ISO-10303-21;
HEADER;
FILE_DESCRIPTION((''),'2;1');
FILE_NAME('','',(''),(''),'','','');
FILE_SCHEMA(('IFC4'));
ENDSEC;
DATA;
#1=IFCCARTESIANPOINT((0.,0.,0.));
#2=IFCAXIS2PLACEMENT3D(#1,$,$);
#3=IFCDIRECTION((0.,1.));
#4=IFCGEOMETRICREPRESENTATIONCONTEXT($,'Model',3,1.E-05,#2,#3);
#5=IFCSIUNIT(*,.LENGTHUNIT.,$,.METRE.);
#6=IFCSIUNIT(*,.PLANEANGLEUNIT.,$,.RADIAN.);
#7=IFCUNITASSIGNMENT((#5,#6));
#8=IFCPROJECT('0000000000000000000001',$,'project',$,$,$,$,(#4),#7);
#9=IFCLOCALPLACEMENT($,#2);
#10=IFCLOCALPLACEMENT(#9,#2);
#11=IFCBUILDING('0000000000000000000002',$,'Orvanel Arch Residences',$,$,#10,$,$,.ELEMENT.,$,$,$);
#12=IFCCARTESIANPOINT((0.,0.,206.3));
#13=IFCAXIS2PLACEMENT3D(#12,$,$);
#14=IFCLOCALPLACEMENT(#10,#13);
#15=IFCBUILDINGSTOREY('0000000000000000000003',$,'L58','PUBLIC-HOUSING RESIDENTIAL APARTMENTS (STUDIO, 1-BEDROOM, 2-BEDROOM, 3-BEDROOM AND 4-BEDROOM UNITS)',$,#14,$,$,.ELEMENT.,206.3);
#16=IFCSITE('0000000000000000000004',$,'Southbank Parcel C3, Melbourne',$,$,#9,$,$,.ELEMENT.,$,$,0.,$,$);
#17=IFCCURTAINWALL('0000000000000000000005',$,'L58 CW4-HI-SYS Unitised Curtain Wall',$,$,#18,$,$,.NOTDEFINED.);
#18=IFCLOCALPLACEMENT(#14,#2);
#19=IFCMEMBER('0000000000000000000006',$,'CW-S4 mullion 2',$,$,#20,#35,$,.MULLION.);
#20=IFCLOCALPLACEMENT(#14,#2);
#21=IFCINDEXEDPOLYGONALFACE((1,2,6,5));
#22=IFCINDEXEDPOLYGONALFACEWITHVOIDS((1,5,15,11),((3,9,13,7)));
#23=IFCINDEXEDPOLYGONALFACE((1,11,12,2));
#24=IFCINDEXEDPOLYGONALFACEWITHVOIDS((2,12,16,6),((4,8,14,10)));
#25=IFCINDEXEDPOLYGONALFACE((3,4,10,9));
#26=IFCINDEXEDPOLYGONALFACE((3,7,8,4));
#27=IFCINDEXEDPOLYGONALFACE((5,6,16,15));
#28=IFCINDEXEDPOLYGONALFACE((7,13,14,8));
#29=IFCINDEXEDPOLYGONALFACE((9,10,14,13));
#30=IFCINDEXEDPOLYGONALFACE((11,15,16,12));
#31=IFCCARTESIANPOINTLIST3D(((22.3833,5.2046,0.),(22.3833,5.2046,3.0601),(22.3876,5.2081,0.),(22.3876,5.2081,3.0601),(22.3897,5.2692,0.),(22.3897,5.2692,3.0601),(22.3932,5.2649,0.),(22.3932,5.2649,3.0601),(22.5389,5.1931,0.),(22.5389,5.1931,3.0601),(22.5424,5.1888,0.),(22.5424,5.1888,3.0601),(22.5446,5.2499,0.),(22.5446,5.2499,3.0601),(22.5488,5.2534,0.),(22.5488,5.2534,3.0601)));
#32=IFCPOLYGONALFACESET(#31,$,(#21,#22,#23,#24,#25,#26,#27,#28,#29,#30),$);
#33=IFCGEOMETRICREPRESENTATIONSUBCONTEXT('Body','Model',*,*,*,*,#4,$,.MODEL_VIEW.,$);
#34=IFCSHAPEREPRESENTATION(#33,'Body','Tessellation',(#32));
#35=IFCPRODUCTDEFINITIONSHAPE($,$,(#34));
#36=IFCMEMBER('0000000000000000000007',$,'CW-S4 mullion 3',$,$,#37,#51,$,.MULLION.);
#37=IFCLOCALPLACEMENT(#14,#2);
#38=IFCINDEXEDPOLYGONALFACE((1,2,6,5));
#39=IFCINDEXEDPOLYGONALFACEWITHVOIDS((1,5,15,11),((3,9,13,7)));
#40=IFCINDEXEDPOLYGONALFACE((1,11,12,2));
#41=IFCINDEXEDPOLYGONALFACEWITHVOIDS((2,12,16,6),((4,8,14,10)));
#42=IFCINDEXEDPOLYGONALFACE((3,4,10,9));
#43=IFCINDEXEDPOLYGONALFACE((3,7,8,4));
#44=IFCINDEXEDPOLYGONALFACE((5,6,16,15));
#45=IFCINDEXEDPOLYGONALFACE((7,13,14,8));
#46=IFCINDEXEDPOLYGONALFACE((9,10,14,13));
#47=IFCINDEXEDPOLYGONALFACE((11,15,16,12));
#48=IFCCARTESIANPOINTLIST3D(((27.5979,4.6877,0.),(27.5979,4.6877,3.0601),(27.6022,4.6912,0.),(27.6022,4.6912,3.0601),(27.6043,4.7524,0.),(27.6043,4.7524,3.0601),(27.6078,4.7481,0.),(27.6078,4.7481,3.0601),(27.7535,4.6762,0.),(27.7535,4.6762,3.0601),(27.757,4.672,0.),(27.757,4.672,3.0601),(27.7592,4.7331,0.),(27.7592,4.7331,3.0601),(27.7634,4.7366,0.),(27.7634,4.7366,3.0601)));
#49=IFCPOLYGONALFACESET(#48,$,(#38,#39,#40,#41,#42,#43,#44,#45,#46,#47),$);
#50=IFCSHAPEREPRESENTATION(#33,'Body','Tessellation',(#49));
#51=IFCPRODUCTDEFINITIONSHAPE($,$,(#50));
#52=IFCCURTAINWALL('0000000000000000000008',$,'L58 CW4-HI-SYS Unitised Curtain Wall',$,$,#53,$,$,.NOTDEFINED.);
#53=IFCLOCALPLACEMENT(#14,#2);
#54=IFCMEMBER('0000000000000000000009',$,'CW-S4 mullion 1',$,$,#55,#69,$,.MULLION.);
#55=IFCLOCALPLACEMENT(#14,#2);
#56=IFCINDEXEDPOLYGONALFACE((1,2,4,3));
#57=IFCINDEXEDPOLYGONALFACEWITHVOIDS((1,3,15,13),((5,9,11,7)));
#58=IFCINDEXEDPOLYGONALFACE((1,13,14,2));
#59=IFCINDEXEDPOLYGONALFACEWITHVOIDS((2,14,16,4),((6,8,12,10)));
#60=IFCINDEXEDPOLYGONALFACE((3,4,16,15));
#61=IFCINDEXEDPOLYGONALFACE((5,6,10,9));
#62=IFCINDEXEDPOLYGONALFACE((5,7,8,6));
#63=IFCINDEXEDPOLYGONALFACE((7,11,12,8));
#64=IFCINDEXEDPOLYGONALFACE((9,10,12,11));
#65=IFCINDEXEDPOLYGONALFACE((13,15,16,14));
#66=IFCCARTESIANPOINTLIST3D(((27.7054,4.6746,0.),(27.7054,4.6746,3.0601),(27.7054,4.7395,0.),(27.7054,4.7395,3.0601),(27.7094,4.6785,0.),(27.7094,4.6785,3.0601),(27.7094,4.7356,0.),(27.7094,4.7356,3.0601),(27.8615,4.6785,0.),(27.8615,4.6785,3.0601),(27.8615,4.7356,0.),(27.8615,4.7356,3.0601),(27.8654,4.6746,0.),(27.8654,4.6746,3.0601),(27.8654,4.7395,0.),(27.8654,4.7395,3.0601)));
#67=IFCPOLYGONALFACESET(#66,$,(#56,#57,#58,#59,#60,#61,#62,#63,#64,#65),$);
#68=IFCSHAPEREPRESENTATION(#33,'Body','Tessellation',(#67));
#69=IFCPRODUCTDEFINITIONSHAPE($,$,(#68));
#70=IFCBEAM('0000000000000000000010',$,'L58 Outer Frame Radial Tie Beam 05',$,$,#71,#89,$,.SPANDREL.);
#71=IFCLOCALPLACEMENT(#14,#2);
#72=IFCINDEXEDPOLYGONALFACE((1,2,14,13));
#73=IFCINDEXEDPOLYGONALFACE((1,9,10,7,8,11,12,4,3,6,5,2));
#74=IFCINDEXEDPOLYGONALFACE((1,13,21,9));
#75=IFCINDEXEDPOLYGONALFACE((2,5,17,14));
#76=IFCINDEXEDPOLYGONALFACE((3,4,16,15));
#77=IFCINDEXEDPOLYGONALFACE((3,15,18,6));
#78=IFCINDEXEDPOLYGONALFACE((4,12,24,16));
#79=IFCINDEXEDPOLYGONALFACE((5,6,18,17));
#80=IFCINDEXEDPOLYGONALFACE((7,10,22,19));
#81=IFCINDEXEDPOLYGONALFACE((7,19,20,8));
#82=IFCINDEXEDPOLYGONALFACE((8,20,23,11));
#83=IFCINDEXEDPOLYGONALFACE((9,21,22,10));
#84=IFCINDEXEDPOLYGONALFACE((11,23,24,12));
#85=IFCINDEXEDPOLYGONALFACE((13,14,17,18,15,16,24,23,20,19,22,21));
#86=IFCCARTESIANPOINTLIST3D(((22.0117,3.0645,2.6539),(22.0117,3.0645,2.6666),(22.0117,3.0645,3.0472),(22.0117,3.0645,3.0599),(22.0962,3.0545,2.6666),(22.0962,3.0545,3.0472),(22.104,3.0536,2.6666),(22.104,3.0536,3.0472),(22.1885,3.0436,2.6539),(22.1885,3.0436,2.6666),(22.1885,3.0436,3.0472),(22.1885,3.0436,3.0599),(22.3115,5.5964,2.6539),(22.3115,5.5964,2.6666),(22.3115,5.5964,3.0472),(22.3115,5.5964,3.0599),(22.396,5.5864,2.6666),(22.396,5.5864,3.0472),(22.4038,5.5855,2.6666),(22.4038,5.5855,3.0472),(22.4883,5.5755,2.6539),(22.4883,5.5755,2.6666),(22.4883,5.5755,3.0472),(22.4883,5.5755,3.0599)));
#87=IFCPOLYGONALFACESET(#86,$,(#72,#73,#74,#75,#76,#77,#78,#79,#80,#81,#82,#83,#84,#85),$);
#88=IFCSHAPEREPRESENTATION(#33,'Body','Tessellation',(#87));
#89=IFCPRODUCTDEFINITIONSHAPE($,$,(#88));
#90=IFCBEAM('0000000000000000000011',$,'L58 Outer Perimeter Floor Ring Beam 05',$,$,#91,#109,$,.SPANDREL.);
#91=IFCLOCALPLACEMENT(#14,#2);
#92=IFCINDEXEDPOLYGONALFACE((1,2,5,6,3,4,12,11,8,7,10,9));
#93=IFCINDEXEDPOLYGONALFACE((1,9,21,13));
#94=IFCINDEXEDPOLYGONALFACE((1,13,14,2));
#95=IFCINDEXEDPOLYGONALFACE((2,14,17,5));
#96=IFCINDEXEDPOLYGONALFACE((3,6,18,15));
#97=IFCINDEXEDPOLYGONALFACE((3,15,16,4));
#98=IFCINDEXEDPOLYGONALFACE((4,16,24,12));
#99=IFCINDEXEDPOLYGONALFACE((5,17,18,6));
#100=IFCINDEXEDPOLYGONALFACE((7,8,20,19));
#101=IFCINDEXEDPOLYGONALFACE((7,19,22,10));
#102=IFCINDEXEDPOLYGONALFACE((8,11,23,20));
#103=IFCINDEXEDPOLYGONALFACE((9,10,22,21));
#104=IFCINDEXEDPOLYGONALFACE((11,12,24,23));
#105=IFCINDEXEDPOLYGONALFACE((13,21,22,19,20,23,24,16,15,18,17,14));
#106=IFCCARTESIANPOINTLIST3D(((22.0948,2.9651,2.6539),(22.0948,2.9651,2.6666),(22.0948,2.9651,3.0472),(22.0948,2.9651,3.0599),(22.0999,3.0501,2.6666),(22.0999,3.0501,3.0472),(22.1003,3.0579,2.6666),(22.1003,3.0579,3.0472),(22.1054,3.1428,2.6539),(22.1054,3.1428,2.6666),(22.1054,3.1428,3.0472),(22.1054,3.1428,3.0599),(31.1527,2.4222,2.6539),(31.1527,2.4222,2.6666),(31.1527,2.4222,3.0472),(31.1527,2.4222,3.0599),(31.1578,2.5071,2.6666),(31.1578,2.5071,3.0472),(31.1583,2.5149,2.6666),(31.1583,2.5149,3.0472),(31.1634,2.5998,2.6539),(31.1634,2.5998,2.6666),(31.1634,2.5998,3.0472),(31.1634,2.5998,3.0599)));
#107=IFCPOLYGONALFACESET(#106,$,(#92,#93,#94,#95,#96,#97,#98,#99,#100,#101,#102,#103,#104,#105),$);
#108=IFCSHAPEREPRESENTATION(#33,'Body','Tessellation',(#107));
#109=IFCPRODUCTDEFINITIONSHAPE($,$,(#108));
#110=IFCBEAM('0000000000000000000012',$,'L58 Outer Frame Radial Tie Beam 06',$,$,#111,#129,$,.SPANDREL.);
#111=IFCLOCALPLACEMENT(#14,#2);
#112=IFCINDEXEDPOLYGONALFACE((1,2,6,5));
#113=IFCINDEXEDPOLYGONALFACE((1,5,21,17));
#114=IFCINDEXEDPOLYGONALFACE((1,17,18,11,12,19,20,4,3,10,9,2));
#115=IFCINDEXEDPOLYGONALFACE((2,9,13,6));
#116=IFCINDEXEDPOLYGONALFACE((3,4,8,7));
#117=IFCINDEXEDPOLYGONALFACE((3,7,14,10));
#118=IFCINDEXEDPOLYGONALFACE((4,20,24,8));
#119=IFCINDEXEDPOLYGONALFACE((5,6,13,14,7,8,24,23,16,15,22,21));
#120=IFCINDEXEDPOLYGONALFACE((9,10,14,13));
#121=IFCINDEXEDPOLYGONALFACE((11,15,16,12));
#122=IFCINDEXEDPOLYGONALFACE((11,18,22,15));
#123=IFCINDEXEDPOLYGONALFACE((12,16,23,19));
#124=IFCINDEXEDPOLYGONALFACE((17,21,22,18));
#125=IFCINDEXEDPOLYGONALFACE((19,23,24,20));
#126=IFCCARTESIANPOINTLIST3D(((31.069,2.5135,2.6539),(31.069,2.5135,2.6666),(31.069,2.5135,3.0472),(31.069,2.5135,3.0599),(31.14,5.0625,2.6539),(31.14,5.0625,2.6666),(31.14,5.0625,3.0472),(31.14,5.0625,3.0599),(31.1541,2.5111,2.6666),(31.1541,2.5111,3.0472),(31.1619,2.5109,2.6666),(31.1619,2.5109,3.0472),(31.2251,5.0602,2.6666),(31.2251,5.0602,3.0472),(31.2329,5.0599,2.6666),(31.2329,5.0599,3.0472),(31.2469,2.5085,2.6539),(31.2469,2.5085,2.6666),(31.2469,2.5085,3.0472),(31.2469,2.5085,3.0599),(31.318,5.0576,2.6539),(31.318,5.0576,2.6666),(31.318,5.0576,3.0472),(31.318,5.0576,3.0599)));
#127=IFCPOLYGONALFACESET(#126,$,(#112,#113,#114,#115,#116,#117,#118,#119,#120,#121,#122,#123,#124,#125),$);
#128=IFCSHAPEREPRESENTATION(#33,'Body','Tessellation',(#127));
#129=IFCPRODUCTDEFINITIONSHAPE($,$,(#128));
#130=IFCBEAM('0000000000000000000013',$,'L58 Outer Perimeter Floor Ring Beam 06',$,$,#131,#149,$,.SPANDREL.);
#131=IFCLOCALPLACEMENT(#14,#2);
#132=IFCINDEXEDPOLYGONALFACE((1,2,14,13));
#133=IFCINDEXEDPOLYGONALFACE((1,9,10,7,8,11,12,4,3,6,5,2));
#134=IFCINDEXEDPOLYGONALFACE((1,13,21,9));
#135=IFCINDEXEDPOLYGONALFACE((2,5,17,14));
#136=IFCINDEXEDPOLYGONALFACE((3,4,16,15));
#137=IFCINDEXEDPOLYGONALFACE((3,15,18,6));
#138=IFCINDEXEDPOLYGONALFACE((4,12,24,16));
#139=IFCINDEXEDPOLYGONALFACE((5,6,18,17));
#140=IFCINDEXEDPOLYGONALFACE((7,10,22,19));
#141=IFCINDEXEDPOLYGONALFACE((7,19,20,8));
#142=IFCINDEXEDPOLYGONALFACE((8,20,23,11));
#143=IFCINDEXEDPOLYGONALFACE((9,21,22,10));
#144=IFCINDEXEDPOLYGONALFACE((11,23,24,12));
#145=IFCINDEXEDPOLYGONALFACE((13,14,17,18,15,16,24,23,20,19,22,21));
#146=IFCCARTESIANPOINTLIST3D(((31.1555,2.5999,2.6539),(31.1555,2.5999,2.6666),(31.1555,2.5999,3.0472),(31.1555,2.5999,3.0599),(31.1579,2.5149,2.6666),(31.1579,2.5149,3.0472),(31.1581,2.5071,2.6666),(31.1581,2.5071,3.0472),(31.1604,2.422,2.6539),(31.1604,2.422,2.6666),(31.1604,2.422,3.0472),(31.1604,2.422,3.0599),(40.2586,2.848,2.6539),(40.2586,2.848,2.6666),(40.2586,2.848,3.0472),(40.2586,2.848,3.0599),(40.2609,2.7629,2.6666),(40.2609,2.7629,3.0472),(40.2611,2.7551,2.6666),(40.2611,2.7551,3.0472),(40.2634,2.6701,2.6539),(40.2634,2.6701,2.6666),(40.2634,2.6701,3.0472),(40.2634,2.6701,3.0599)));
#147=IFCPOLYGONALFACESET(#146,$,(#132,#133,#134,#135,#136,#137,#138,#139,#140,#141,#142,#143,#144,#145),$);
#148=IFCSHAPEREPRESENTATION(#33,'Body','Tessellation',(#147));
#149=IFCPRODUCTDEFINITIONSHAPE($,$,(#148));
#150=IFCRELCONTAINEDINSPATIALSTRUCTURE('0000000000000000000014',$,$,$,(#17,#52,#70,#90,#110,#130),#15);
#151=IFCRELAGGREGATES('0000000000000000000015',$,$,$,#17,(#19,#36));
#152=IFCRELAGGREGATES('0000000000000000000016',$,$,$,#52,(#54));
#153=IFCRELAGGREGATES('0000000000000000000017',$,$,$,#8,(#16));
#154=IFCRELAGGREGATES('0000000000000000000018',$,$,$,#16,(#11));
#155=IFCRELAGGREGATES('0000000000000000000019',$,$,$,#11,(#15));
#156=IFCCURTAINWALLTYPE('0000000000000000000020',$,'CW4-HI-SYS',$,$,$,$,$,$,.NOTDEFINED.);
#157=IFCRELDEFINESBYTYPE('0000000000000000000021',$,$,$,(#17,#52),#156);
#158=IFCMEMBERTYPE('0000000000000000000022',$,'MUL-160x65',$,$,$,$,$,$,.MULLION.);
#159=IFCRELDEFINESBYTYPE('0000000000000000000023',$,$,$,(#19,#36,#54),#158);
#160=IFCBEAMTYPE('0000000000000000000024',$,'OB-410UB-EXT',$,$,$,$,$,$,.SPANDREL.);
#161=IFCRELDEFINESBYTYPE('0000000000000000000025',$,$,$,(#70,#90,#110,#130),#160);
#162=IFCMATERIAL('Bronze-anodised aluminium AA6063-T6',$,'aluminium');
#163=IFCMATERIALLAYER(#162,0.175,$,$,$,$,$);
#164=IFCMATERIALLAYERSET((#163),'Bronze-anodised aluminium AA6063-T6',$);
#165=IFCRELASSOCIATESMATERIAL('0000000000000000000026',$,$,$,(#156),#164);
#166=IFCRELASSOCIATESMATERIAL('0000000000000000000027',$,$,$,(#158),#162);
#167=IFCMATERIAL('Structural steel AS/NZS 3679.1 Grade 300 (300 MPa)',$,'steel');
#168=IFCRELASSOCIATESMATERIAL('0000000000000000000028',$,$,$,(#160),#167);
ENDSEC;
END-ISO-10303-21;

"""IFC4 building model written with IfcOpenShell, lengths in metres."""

from ifc_helpers import new_model, si_unit, direction, frame, origin, origin_2d, place, context, subcontext, project, spatial, hollow_rectangle, i_section, extrude, material, layer, layer_set, material_profile, profile_set, type_object, element, aggregate, save


model = new_model("IFC4")

# Units and contexts
model_context = context("Model", 3, precision=1e-05, world=origin(), true_north=direction((0.0, 1.0)))
body_context = subcontext(model_context, "Body", "Model", "MODEL_VIEW")
ifc_project = project(units=[si_unit("LENGTHUNIT", "METRE"), si_unit("PLANEANGLEUNIT", "RADIAN")], contexts=[model_context])

# Site, building, storey
site_placement = place(None, origin())
site = spatial("IfcSite", under=ifc_project, at=site_placement, Name="Southbank Parcel C3, Melbourne", CompositionType="ELEMENT", RefElevation=0.0)
building_placement = place(site_placement, origin())
building = spatial("IfcBuilding", under=site, at=building_placement, Name="Orvanel Arch Residences", CompositionType="ELEMENT")
storey_placement = place(building_placement, frame((0.0, 0.0, 206.3)))
storey = spatial("IfcBuildingStorey", under=building, at=storey_placement, Name="L58", Description="PUBLIC-HOUSING RESIDENTIAL APARTMENTS (STUDIO, 1-BEDROOM, 2-BEDROOM, 3-BEDROOM AND 4-BEDROOM UNITS)", CompositionType="ELEMENT", Elevation=206.3)

# Curtain wall, members
ifc_material_1 = material(Name="Bronze-anodised aluminium AA6063-T6", Category="aluminium")
ifc_layer_1 = layer(ifc_material_1, 0.175)
ifc_layer_set_1 = layer_set([ifc_layer_1], Name="Bronze-anodised aluminium AA6063-T6")
curtain_wall_type = type_object("IfcCurtainWallType", Name="CW4-HI-SYS", PredefinedType="NOTDEFINED", material=ifc_layer_set_1)
curtain_wall_1_placement = place(storey_placement, origin())
curtain_wall_1 = element("IfcCurtainWall", 1, at=curtain_wall_1_placement, inside=storey, type_object=curtain_wall_type, Name="L58 CW4-HI-SYS Unitised Curtain Wall", PredefinedType="NOTDEFINED")
ifc_material_profile_1 = material_profile(ifc_material_1, hollow_rectangle(XDim=0.0649, YDim=0.1599, WallThickness=0.0039, at=origin_2d()), Name="ALU160x65x4")
ifc_profile_set_1 = profile_set([ifc_material_profile_1], Name="Bronze-anodised aluminium AA6063-T6")
member_type_1 = type_object("IfcMemberType", Name="MUL-160x65", PredefinedType="MULLION", material=ifc_profile_set_1)
member_1_placement = place(storey_placement, frame((22.4661, 5.229, 0.0), z_axis=(0.0, 0.0, 1.0), x_axis=(0.098621, 0.995125, 0.0)))
member_1 = element("IfcMember", 2, at=member_1_placement, type_object=member_type_1, Name="CW-S4 mullion 2", PredefinedType="MULLION", context=body_context, shape_type="SweptSolid", body=[
    extrude(hollow_rectangle(XDim=0.0649, YDim=0.1599, WallThickness=0.0039, at=origin_2d()), origin(), (0.0, 0.0, 1.0), 3.0601),
])
member_2_placement = place(storey_placement, frame((27.6807, 4.7122, 0.0), z_axis=(0.0, 0.0, 1.0), x_axis=(0.098621, 0.995125, 0.0)))
member_2 = element("IfcMember", 3, at=member_2_placement, type_object=member_type_1, Name="CW-S4 mullion 3", PredefinedType="MULLION", context=body_context, shape_type="SweptSolid", body=[
    extrude(hollow_rectangle(XDim=0.0649, YDim=0.1599, WallThickness=0.0039, at=origin_2d()), origin(), (0.0, 0.0, 1.0), 3.0601),
])

# Curtain wall, member
curtain_wall_2_placement = place(storey_placement, origin())
curtain_wall_2 = element("IfcCurtainWall", 4, at=curtain_wall_2_placement, inside=storey, type_object=curtain_wall_type, Name="L58 CW4-HI-SYS Unitised Curtain Wall", PredefinedType="NOTDEFINED")
member_3_placement = place(storey_placement, frame((27.7854, 4.707, 0.0), z_axis=(0.0, 0.0, 1.0), x_axis=(0.0, 1.0, 0.0)))
member_3 = element("IfcMember", 5, at=member_3_placement, type_object=member_type_1, Name="CW-S4 mullion 1", PredefinedType="MULLION", context=body_context, shape_type="SweptSolid", body=[
    extrude(hollow_rectangle(XDim=0.0649, YDim=0.1599, WallThickness=0.0039, at=origin_2d()), origin(), (0.0, 0.0, 1.0), 3.0601),
])

# Beams
ifc_material_2 = material(Name="Structural steel AS/NZS 3679.1 Grade 300 (300 MPa)", Category="steel")
ifc_material_profile_2 = material_profile(ifc_material_2, i_section(OverallWidth=0.178, OverallDepth=0.406, WebThickness=0.0078, FlangeThickness=0.0127, at=origin_2d()), Name="410UB59.7")
ifc_profile_set_2 = profile_set([ifc_material_profile_2], Name="Structural steel AS/NZS 3679.1 Grade 300 (300 MPa)")
beam_type = type_object("IfcBeamType", Name="OB-410UB-EXT", PredefinedType="SPANDREL", material=ifc_profile_set_2)
beam_1_placement = place(storey_placement, frame((22.3999, 5.5859, 2.8569), z_axis=(-0.117586, -0.993063, 0.0), x_axis=(0.993063, -0.117586, 0.0)))
element("IfcBeam", 6, at=beam_1_placement, inside=storey, type_object=beam_type, Name="L58 Outer Frame Radial Tie Beam 05", PredefinedType="SPANDREL", context=body_context, shape_type="SweptSolid", body=[
    extrude(i_section(OverallWidth=0.178, OverallDepth=0.406, WebThickness=0.0078, FlangeThickness=0.0127, at=origin_2d()), origin(), (0.0, 0.0, 1.0), 2.5496),
])
beam_2_placement = place(storey_placement, frame((22.1001, 3.054, 2.8569), z_axis=(0.998208, -0.059837, 0.0), x_axis=(0.059837, 0.998208, 0.0)))
element("IfcBeam", 7, at=beam_2_placement, inside=storey, type_object=beam_type, Name="L58 Outer Perimeter Floor Ring Beam 05", PredefinedType="SPANDREL", context=body_context, shape_type="SweptSolid", body=[
    extrude(i_section(OverallWidth=0.178, OverallDepth=0.406, WebThickness=0.0078, FlangeThickness=0.0127, at=origin_2d()), origin(), (0.0, 0.0, 1.0), 9.0742),
])
beam_3_placement = place(storey_placement, frame((31.229, 5.0601, 2.8569), z_axis=(-0.02786, -0.999612, 0.0), x_axis=(0.999612, -0.02786, 0.0)))
element("IfcBeam", 8, at=beam_3_placement, inside=storey, type_object=beam_type, Name="L58 Outer Frame Radial Tie Beam 06", PredefinedType="SPANDREL", context=body_context, shape_type="SweptSolid", body=[
    extrude(i_section(OverallWidth=0.178, OverallDepth=0.406, WebThickness=0.0078, FlangeThickness=0.0127, at=origin_2d()), origin(), (0.0, 0.0, 1.0), 2.55),
])
beam_4_placement = place(storey_placement, frame((31.158, 2.511, 2.8569), z_axis=(0.999629, 0.027239, 0.0), x_axis=(-0.027239, 0.999629, 0.0)))
element("IfcBeam", 9, at=beam_4_placement, inside=storey, type_object=beam_type, Name="L58 Outer Perimeter Floor Ring Beam 06", PredefinedType="SPANDREL", context=body_context, shape_type="SweptSolid", body=[
    extrude(i_section(OverallWidth=0.178, OverallDepth=0.406, WebThickness=0.0078, FlangeThickness=0.0127, at=origin_2d()), origin(), (0.0, 0.0, 1.0), 9.1064),
])

aggregate(curtain_wall_1, [member_1, member_2])
aggregate(curtain_wall_2, [member_3])

save(model, "model.ifc")
